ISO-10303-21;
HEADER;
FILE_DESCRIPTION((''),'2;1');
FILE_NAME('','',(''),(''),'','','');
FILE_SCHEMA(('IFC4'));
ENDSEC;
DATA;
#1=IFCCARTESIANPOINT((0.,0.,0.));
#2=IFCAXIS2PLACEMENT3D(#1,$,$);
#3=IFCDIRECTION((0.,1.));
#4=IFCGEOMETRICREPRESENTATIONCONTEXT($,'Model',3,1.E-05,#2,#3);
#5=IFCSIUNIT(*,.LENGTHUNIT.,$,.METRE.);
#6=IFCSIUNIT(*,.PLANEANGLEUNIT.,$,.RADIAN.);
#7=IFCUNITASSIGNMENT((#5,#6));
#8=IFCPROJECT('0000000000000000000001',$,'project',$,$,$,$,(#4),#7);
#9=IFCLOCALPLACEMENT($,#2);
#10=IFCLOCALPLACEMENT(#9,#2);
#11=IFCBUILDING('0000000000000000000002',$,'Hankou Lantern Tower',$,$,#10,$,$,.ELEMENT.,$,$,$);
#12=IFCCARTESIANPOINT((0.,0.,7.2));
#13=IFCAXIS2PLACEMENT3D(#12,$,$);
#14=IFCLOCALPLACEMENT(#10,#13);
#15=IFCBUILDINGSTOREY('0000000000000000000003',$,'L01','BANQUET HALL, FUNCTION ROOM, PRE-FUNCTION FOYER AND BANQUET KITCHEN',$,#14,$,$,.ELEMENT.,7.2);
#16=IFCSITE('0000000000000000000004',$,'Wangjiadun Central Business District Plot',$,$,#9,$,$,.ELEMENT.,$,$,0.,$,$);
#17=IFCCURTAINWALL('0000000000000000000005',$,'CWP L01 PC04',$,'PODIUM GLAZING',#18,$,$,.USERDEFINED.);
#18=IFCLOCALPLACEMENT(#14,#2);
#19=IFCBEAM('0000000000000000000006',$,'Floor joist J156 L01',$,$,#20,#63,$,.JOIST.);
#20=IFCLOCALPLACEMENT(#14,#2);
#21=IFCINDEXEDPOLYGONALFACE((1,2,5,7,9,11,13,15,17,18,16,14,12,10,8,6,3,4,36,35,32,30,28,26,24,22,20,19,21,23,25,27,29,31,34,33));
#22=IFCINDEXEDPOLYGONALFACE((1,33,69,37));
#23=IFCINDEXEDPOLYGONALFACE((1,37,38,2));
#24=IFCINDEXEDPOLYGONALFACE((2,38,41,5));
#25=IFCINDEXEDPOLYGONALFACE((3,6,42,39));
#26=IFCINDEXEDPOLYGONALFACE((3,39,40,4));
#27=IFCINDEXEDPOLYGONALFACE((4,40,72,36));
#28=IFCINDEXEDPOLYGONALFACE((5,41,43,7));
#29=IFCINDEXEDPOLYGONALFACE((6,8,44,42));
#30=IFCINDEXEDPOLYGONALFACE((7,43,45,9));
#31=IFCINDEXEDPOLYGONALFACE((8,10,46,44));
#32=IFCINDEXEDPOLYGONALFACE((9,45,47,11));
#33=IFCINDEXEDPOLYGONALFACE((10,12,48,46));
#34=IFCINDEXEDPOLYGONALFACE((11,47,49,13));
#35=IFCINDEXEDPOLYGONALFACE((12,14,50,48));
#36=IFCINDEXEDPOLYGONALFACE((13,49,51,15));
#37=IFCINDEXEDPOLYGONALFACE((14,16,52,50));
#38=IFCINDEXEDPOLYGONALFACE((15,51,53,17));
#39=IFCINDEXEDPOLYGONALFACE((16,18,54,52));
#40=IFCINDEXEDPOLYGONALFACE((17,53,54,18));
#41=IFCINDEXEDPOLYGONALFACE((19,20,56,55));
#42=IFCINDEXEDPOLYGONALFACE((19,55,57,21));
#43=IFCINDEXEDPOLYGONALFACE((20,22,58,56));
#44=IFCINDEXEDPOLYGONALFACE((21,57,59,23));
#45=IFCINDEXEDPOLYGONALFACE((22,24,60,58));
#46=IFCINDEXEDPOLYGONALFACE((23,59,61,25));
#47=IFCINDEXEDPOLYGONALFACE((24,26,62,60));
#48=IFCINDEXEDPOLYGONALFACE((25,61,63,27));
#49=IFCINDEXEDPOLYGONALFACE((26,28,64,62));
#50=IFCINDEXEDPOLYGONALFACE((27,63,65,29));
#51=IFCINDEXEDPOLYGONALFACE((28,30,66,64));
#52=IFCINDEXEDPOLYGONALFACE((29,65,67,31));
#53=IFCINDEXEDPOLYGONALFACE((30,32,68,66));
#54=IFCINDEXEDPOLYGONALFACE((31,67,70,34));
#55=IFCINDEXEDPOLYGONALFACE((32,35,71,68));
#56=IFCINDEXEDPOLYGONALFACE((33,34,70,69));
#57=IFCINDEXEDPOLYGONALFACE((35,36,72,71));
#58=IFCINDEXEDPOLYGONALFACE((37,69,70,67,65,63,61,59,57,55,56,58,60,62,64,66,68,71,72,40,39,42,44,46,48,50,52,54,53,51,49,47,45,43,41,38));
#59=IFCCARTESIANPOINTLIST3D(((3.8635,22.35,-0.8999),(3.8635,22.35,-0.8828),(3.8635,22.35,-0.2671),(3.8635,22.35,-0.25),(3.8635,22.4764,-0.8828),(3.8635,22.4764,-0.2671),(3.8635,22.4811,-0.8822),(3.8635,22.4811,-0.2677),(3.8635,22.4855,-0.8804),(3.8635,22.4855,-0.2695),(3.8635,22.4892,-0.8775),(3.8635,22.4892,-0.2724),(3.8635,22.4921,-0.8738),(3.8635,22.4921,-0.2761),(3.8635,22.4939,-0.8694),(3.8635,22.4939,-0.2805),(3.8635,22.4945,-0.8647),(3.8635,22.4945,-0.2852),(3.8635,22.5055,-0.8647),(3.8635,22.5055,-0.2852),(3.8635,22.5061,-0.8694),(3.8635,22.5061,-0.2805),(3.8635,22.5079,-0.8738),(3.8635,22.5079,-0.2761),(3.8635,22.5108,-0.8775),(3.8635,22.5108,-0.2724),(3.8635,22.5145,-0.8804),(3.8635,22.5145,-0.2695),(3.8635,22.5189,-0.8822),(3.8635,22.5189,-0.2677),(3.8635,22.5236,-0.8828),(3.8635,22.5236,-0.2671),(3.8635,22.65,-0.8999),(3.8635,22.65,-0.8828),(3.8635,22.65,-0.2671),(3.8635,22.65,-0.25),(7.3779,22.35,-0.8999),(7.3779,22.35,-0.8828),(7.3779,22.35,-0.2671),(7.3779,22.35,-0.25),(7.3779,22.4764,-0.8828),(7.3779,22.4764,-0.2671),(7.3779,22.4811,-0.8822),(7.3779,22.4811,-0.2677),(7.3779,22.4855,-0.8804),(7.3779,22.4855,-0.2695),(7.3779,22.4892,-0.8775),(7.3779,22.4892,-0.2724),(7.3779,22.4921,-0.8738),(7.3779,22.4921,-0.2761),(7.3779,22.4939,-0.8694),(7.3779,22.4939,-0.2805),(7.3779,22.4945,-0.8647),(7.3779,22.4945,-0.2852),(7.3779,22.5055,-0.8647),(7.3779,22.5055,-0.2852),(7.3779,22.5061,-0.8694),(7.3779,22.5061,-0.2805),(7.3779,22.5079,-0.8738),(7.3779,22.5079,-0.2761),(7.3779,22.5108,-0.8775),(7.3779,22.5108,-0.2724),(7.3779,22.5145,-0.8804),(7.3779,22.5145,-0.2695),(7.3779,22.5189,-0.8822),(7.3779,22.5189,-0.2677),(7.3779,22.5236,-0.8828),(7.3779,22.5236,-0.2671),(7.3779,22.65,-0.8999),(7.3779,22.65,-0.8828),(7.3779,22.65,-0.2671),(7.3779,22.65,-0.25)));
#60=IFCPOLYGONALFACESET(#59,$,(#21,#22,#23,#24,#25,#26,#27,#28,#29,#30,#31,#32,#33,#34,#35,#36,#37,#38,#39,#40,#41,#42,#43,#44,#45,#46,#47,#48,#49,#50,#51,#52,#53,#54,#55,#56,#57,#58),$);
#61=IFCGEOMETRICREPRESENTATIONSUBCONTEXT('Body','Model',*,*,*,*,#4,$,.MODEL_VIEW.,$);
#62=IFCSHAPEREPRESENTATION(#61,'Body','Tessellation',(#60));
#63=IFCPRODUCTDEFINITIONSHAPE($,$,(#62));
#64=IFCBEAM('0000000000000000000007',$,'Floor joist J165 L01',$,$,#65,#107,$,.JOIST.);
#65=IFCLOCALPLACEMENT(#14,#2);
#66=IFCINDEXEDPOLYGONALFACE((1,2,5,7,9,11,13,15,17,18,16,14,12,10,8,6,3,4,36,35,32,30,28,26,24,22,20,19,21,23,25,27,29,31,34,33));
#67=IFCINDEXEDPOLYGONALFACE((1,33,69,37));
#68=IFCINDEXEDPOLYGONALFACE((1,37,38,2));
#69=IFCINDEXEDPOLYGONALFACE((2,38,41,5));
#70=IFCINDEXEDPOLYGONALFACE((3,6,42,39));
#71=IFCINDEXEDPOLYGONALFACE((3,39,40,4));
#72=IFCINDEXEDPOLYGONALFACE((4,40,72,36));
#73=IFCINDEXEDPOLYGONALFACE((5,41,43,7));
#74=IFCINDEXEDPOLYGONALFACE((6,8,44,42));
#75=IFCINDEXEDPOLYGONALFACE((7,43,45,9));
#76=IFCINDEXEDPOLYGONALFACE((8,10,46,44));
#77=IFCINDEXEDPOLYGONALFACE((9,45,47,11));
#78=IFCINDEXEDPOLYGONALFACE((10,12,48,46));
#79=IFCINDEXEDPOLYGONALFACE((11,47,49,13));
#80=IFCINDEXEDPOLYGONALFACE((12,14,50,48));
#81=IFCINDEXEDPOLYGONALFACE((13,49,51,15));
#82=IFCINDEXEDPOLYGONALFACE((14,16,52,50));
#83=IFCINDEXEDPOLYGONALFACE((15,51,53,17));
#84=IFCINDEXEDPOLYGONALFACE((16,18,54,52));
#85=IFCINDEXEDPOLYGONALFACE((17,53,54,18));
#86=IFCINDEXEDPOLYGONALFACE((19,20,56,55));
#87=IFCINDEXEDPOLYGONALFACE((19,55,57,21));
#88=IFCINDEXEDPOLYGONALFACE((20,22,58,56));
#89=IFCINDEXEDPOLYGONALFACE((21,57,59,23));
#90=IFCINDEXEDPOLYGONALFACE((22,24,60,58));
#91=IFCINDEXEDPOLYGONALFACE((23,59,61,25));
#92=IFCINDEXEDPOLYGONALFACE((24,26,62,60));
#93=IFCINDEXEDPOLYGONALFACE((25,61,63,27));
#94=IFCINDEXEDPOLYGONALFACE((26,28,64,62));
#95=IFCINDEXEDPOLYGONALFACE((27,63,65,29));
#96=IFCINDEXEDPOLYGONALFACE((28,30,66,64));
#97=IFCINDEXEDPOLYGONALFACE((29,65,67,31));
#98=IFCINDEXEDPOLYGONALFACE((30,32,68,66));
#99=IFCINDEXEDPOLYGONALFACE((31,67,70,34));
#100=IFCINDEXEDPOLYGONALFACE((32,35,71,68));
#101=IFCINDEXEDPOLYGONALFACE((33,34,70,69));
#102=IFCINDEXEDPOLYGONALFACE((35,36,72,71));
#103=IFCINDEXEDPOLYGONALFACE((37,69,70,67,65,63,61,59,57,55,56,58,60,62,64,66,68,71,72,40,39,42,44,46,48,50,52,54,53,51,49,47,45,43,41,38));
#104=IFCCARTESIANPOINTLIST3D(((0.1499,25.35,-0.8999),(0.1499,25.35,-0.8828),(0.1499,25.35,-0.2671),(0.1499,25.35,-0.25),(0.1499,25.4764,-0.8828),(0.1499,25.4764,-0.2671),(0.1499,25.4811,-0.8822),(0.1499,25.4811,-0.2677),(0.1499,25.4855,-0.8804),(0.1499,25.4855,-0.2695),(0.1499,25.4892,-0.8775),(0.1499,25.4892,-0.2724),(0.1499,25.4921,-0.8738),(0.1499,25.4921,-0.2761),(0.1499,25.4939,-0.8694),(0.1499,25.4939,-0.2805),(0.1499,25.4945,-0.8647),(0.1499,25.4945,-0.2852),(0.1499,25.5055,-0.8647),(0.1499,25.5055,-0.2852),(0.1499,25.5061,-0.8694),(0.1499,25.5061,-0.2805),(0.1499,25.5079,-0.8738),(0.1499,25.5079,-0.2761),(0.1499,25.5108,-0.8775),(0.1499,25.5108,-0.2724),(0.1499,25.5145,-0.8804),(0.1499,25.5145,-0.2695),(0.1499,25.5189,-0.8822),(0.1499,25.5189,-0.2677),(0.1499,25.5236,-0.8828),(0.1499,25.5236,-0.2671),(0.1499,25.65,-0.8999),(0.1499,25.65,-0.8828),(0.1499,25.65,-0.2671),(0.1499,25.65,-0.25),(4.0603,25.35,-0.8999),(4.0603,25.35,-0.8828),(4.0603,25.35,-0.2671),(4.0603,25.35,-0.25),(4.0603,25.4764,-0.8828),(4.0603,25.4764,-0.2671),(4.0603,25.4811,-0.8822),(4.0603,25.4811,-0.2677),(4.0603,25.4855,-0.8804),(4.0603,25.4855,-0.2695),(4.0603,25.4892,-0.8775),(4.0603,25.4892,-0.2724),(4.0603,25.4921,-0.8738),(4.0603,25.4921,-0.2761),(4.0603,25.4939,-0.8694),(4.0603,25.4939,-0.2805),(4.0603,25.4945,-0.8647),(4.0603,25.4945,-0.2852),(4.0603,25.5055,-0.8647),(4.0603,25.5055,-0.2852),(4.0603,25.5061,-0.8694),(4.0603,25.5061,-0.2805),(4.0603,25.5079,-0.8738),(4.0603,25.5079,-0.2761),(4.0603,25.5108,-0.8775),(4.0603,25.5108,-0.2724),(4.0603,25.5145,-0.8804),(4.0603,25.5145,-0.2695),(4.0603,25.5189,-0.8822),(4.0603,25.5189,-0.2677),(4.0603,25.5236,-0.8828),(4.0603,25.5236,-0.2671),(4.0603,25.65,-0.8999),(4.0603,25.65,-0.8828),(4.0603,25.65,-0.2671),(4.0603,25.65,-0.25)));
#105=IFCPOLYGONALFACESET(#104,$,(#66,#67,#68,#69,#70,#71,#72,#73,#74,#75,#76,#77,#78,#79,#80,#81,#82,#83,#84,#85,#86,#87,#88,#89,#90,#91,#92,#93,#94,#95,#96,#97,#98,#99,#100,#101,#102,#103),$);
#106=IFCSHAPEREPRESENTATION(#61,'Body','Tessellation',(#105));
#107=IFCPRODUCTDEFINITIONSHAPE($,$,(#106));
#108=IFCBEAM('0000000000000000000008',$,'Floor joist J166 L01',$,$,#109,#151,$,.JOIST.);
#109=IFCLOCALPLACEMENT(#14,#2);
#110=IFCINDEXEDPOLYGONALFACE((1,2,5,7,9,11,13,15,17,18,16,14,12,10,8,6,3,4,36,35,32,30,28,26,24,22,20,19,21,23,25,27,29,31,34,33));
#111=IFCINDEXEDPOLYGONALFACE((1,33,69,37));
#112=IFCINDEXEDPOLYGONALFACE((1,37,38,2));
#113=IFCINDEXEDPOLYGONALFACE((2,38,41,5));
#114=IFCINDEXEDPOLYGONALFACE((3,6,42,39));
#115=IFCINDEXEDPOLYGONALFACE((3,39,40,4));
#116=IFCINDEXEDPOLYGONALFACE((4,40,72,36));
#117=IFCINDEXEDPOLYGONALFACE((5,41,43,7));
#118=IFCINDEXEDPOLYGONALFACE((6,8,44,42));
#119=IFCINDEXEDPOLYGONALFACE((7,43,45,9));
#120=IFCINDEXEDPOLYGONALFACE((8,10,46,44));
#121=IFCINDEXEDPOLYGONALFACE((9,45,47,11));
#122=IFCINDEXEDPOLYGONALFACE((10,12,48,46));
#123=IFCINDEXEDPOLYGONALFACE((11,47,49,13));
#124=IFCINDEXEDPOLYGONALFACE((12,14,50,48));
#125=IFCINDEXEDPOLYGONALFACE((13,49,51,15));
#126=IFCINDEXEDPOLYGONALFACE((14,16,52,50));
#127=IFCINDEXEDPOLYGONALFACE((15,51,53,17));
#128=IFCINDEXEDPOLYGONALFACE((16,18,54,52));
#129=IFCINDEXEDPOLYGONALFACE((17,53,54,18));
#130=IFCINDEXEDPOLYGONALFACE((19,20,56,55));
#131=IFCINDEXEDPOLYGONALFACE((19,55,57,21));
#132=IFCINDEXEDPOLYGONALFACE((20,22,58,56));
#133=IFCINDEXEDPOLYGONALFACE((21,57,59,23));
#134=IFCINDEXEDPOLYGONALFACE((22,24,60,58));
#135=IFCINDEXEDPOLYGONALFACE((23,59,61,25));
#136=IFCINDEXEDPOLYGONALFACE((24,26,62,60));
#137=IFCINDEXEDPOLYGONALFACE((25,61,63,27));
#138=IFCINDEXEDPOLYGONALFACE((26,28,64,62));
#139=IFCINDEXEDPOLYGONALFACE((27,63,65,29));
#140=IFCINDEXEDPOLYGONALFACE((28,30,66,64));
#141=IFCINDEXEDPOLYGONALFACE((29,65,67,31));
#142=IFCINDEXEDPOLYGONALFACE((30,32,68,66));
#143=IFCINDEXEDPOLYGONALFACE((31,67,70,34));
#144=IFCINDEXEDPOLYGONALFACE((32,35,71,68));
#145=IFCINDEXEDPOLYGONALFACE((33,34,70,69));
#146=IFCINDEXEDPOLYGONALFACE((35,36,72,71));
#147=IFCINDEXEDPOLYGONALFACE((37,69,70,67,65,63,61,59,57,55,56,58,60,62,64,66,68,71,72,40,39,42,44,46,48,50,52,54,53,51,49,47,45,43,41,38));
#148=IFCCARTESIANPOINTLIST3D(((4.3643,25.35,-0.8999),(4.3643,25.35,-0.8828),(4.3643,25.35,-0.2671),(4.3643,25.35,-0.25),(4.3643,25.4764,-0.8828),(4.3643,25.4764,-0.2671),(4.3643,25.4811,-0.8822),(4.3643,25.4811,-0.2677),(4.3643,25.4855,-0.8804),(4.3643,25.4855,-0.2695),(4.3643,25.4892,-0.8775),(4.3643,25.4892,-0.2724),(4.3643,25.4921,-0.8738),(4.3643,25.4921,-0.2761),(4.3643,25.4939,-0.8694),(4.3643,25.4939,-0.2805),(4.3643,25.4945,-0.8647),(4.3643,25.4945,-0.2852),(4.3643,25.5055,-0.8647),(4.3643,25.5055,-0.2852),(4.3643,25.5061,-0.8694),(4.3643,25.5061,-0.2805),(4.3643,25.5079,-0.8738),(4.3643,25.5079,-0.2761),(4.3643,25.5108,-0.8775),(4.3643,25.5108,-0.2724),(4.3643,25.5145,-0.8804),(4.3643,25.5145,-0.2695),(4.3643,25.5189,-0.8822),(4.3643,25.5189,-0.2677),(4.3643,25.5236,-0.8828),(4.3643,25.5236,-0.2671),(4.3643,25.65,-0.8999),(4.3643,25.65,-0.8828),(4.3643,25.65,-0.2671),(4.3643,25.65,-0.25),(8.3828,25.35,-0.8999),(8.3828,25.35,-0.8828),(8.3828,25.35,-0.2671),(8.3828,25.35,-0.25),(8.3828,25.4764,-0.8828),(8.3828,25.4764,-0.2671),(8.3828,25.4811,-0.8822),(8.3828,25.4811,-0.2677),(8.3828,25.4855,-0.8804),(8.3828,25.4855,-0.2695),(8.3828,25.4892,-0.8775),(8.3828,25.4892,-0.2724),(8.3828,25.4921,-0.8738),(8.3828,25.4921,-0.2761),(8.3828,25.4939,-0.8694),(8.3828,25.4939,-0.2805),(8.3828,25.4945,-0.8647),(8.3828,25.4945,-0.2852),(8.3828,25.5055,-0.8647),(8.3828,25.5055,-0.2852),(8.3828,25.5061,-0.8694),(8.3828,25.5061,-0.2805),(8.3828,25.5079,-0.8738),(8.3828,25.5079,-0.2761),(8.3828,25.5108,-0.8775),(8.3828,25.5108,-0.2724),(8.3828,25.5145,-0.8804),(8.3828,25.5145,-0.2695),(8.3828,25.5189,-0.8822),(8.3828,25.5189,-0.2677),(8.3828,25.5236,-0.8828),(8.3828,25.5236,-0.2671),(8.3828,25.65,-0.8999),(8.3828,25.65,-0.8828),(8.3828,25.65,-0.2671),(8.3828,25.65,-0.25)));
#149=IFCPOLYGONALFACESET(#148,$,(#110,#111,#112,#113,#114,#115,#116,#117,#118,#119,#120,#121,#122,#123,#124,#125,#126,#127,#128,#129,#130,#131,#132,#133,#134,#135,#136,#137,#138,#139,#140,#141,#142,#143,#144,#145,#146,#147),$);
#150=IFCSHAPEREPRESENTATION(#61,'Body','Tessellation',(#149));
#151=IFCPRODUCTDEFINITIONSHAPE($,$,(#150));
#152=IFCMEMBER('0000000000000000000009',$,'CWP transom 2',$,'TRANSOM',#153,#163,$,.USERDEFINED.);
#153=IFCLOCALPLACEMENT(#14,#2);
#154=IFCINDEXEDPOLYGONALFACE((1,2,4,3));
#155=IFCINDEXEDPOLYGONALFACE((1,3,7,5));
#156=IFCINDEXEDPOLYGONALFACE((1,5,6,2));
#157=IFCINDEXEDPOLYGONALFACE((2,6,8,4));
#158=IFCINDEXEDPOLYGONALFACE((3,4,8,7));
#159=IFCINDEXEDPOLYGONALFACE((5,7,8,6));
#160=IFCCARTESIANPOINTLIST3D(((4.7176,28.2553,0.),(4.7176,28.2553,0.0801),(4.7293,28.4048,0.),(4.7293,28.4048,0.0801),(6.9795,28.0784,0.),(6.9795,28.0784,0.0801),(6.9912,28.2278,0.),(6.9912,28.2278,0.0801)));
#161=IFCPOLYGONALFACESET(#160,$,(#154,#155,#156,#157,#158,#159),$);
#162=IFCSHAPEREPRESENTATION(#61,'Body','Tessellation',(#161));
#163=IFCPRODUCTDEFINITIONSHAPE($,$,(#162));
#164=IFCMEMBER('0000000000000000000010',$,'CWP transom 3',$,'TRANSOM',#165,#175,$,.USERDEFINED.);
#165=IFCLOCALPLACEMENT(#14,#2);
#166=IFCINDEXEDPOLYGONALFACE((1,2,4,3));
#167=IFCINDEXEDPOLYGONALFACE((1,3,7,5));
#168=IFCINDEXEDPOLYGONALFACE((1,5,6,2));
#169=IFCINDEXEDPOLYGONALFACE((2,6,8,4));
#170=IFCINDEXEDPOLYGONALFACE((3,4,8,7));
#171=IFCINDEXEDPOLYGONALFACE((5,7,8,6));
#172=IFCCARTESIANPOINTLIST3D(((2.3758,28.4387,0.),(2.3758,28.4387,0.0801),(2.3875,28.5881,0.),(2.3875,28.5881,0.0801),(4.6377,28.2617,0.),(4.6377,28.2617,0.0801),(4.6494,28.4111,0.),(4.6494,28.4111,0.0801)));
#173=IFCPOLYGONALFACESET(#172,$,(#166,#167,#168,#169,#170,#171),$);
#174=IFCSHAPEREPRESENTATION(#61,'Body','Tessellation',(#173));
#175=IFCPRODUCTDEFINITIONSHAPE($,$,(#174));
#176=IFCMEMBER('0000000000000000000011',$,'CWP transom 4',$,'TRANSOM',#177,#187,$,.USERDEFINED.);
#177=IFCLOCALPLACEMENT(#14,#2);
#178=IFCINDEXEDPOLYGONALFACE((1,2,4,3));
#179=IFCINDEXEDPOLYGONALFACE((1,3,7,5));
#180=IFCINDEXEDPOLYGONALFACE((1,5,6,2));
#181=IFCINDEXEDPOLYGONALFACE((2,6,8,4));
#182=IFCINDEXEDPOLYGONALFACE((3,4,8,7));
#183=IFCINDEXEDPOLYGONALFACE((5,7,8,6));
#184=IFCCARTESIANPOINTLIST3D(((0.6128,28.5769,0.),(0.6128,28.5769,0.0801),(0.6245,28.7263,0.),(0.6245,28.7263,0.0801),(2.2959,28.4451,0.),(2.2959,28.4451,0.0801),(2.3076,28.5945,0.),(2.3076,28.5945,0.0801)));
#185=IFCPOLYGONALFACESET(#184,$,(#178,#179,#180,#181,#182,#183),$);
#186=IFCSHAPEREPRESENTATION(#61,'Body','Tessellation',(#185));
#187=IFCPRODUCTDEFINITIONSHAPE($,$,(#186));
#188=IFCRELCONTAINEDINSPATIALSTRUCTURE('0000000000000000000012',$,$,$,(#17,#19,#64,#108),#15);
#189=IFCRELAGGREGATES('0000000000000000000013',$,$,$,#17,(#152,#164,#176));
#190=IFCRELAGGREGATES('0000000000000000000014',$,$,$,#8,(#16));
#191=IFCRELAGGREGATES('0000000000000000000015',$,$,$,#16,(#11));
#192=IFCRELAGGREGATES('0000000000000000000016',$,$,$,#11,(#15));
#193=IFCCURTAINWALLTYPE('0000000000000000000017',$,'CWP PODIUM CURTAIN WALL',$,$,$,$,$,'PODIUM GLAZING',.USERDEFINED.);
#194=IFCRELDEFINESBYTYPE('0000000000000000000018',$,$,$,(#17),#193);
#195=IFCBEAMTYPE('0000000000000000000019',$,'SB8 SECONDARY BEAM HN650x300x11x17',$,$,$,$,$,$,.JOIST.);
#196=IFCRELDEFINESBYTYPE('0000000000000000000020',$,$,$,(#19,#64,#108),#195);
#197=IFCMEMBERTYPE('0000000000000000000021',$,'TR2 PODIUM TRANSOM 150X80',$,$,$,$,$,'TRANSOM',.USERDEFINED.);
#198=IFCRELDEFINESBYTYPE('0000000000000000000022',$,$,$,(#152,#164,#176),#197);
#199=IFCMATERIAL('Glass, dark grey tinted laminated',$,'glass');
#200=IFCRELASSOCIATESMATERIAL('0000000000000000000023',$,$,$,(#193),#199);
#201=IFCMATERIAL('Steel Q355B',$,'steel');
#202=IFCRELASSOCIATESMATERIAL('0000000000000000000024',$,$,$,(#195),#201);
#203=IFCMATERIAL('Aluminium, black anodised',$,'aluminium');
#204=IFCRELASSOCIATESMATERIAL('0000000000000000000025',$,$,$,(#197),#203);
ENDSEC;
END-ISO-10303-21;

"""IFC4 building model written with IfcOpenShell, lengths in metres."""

from ifc_helpers import new_model, si_unit, direction, frame, origin, origin_2d, place, context, subcontext, project, spatial, rectangle, i_section, extrude, material, material_profile, profile_set, type_object, element, aggregate, save


model = new_model("IFC4")

# Units and contexts
model_context = context("Model", 3, precision=1e-05, world=origin(), true_north=direction((0.0, 1.0)))
body_context = subcontext(model_context, "Body", "Model", "MODEL_VIEW")
ifc_project = project(units=[si_unit("LENGTHUNIT", "METRE"), si_unit("PLANEANGLEUNIT", "RADIAN")], contexts=[model_context])

# Site, building, storey
site_placement = place(None, origin())
site = spatial("IfcSite", under=ifc_project, at=site_placement, Name="Wangjiadun Central Business District Plot", CompositionType="ELEMENT", RefElevation=0.0)
building_placement = place(site_placement, origin())
building = spatial("IfcBuilding", under=site, at=building_placement, Name="Hankou Lantern Tower", CompositionType="ELEMENT")
storey_placement = place(building_placement, frame((0.0, 0.0, 7.2)))
storey = spatial("IfcBuildingStorey", under=building, at=storey_placement, Name="L01", Description="BANQUET HALL, FUNCTION ROOM, PRE-FUNCTION FOYER AND BANQUET KITCHEN", CompositionType="ELEMENT", Elevation=7.2)

# Curtain wall
ifc_material_1 = material(Name="Glass, dark grey tinted laminated", Category="glass")
curtain_wall_type = type_object("IfcCurtainWallType", Name="CWP PODIUM CURTAIN WALL", ElementType="PODIUM GLAZING", PredefinedType="USERDEFINED", material=ifc_material_1)
curtain_wall_placement = place(storey_placement, origin())
curtain_wall = element("IfcCurtainWall", 1, at=curtain_wall_placement, inside=storey, type_object=curtain_wall_type, Name="CWP L01 PC04", ObjectType="PODIUM GLAZING", PredefinedType="USERDEFINED")

# Beams
ifc_material_2 = material(Name="Steel Q355B", Category="steel")
ifc_material_profile_1 = material_profile(ifc_material_2, i_section(OverallWidth=0.3, OverallDepth=0.6499, WebThickness=0.011, FlangeThickness=0.0171, FilletRadius=0.0181, at=origin_2d()), Name="HN650x300x11x17")
ifc_profile_set_1 = profile_set([ifc_material_profile_1], Name="Steel Q355B")
beam_type_1 = type_object("IfcBeamType", Name="SB8 SECONDARY BEAM HN650x300x11x17", PredefinedType="JOIST", material=ifc_profile_set_1)
beam_1_placement = place(storey_placement, frame((3.8635, 22.5, -0.575), z_axis=(1.0, 0.0, 0.0), x_axis=(0.0, 1.0, 0.0)))
element("IfcBeam", 2, at=beam_1_placement, inside=storey, type_object=beam_type_1, Name="Floor joist J156 L01", PredefinedType="JOIST", context=body_context, shape_type="SweptSolid", body=[
    extrude(i_section(OverallWidth=0.3, OverallDepth=0.6499, WebThickness=0.011, FlangeThickness=0.0171, FilletRadius=0.0181, at=origin_2d()), origin(), (0.0, 0.0, 1.0), 3.5144),
])
beam_2_placement = place(storey_placement, frame((0.1499, 25.5, -0.575), z_axis=(1.0, 0.0, 0.0), x_axis=(0.0, 1.0, 0.0)))
element("IfcBeam", 3, at=beam_2_placement, inside=storey, type_object=beam_type_1, Name="Floor joist J165 L01", PredefinedType="JOIST", context=body_context, shape_type="SweptSolid", body=[
    extrude(i_section(OverallWidth=0.3, OverallDepth=0.6499, WebThickness=0.011, FlangeThickness=0.0171, FilletRadius=0.0181, at=origin_2d()), origin(), (0.0, 0.0, 1.0), 3.9104),
])
beam_3_placement = place(storey_placement, frame((4.3643, 25.5, -0.575), z_axis=(1.0, 0.0, 0.0), x_axis=(0.0, 1.0, 0.0)))
element("IfcBeam", 4, at=beam_3_placement, inside=storey, type_object=beam_type_1, Name="Floor joist J166 L01", PredefinedType="JOIST", context=body_context, shape_type="SweptSolid", body=[
    extrude(i_section(OverallWidth=0.3, OverallDepth=0.6499, WebThickness=0.011, FlangeThickness=0.0171, FilletRadius=0.0181, at=origin_2d()), origin(), (0.0, 0.0, 1.0), 4.0186),
])

# Members
ifc_material_3 = material(Name="Aluminium, black anodised", Category="aluminium")
ifc_material_profile_2 = material_profile(ifc_material_3, rectangle(XDim=0.1499, YDim=0.0801, at=origin_2d()), Name="TR2 150X80")
ifc_profile_set_2 = profile_set([ifc_material_profile_2], Name="Aluminium, black anodised")
member_type_1 = type_object("IfcMemberType", Name="TR2 PODIUM TRANSOM 150X80", ElementType="TRANSOM", PredefinedType="USERDEFINED", material=ifc_profile_set_2)
member_1_placement = place(storey_placement, frame((6.9854, 28.1531, 0.04), z_axis=(-0.996952, 0.078013, 0.0), x_axis=(-0.078013, -0.996952, 0.0)))
member_1 = element("IfcMember", 5, at=member_1_placement, type_object=member_type_1, Name="CWP transom 2", ObjectType="TRANSOM", PredefinedType="USERDEFINED", context=body_context, shape_type="SweptSolid", body=[
    extrude(rectangle(XDim=0.1499, YDim=0.0801, at=origin_2d()), origin(), (0.0, 0.0, 1.0), 2.2688),
])
member_2_placement = place(storey_placement, frame((4.6436, 28.3364, 0.04), z_axis=(-0.996952, 0.078013, 0.0), x_axis=(-0.078013, -0.996952, 0.0)))
member_2 = element("IfcMember", 6, at=member_2_placement, type_object=member_type_1, Name="CWP transom 3", ObjectType="TRANSOM", PredefinedType="USERDEFINED", context=body_context, shape_type="SweptSolid", body=[
    extrude(rectangle(XDim=0.1499, YDim=0.0801, at=origin_2d()), origin(), (0.0, 0.0, 1.0), 2.2688),
])
member_3_placement = place(storey_placement, frame((2.3018, 28.5198, 0.04), z_axis=(-0.996946, 0.07809, 0.0), x_axis=(-0.07809, -0.996946, 0.0)))
member_3 = element("IfcMember", 7, at=member_3_placement, type_object=member_type_1, Name="CWP transom 4", ObjectType="TRANSOM", PredefinedType="USERDEFINED", context=body_context, shape_type="SweptSolid", body=[
    extrude(rectangle(XDim=0.1499, YDim=0.0801, at=origin_2d()), origin(), (0.0, 0.0, 1.0), 1.6882),
])

aggregate(curtain_wall, [member_1, member_2, member_3])

save(model, "model.ifc")
